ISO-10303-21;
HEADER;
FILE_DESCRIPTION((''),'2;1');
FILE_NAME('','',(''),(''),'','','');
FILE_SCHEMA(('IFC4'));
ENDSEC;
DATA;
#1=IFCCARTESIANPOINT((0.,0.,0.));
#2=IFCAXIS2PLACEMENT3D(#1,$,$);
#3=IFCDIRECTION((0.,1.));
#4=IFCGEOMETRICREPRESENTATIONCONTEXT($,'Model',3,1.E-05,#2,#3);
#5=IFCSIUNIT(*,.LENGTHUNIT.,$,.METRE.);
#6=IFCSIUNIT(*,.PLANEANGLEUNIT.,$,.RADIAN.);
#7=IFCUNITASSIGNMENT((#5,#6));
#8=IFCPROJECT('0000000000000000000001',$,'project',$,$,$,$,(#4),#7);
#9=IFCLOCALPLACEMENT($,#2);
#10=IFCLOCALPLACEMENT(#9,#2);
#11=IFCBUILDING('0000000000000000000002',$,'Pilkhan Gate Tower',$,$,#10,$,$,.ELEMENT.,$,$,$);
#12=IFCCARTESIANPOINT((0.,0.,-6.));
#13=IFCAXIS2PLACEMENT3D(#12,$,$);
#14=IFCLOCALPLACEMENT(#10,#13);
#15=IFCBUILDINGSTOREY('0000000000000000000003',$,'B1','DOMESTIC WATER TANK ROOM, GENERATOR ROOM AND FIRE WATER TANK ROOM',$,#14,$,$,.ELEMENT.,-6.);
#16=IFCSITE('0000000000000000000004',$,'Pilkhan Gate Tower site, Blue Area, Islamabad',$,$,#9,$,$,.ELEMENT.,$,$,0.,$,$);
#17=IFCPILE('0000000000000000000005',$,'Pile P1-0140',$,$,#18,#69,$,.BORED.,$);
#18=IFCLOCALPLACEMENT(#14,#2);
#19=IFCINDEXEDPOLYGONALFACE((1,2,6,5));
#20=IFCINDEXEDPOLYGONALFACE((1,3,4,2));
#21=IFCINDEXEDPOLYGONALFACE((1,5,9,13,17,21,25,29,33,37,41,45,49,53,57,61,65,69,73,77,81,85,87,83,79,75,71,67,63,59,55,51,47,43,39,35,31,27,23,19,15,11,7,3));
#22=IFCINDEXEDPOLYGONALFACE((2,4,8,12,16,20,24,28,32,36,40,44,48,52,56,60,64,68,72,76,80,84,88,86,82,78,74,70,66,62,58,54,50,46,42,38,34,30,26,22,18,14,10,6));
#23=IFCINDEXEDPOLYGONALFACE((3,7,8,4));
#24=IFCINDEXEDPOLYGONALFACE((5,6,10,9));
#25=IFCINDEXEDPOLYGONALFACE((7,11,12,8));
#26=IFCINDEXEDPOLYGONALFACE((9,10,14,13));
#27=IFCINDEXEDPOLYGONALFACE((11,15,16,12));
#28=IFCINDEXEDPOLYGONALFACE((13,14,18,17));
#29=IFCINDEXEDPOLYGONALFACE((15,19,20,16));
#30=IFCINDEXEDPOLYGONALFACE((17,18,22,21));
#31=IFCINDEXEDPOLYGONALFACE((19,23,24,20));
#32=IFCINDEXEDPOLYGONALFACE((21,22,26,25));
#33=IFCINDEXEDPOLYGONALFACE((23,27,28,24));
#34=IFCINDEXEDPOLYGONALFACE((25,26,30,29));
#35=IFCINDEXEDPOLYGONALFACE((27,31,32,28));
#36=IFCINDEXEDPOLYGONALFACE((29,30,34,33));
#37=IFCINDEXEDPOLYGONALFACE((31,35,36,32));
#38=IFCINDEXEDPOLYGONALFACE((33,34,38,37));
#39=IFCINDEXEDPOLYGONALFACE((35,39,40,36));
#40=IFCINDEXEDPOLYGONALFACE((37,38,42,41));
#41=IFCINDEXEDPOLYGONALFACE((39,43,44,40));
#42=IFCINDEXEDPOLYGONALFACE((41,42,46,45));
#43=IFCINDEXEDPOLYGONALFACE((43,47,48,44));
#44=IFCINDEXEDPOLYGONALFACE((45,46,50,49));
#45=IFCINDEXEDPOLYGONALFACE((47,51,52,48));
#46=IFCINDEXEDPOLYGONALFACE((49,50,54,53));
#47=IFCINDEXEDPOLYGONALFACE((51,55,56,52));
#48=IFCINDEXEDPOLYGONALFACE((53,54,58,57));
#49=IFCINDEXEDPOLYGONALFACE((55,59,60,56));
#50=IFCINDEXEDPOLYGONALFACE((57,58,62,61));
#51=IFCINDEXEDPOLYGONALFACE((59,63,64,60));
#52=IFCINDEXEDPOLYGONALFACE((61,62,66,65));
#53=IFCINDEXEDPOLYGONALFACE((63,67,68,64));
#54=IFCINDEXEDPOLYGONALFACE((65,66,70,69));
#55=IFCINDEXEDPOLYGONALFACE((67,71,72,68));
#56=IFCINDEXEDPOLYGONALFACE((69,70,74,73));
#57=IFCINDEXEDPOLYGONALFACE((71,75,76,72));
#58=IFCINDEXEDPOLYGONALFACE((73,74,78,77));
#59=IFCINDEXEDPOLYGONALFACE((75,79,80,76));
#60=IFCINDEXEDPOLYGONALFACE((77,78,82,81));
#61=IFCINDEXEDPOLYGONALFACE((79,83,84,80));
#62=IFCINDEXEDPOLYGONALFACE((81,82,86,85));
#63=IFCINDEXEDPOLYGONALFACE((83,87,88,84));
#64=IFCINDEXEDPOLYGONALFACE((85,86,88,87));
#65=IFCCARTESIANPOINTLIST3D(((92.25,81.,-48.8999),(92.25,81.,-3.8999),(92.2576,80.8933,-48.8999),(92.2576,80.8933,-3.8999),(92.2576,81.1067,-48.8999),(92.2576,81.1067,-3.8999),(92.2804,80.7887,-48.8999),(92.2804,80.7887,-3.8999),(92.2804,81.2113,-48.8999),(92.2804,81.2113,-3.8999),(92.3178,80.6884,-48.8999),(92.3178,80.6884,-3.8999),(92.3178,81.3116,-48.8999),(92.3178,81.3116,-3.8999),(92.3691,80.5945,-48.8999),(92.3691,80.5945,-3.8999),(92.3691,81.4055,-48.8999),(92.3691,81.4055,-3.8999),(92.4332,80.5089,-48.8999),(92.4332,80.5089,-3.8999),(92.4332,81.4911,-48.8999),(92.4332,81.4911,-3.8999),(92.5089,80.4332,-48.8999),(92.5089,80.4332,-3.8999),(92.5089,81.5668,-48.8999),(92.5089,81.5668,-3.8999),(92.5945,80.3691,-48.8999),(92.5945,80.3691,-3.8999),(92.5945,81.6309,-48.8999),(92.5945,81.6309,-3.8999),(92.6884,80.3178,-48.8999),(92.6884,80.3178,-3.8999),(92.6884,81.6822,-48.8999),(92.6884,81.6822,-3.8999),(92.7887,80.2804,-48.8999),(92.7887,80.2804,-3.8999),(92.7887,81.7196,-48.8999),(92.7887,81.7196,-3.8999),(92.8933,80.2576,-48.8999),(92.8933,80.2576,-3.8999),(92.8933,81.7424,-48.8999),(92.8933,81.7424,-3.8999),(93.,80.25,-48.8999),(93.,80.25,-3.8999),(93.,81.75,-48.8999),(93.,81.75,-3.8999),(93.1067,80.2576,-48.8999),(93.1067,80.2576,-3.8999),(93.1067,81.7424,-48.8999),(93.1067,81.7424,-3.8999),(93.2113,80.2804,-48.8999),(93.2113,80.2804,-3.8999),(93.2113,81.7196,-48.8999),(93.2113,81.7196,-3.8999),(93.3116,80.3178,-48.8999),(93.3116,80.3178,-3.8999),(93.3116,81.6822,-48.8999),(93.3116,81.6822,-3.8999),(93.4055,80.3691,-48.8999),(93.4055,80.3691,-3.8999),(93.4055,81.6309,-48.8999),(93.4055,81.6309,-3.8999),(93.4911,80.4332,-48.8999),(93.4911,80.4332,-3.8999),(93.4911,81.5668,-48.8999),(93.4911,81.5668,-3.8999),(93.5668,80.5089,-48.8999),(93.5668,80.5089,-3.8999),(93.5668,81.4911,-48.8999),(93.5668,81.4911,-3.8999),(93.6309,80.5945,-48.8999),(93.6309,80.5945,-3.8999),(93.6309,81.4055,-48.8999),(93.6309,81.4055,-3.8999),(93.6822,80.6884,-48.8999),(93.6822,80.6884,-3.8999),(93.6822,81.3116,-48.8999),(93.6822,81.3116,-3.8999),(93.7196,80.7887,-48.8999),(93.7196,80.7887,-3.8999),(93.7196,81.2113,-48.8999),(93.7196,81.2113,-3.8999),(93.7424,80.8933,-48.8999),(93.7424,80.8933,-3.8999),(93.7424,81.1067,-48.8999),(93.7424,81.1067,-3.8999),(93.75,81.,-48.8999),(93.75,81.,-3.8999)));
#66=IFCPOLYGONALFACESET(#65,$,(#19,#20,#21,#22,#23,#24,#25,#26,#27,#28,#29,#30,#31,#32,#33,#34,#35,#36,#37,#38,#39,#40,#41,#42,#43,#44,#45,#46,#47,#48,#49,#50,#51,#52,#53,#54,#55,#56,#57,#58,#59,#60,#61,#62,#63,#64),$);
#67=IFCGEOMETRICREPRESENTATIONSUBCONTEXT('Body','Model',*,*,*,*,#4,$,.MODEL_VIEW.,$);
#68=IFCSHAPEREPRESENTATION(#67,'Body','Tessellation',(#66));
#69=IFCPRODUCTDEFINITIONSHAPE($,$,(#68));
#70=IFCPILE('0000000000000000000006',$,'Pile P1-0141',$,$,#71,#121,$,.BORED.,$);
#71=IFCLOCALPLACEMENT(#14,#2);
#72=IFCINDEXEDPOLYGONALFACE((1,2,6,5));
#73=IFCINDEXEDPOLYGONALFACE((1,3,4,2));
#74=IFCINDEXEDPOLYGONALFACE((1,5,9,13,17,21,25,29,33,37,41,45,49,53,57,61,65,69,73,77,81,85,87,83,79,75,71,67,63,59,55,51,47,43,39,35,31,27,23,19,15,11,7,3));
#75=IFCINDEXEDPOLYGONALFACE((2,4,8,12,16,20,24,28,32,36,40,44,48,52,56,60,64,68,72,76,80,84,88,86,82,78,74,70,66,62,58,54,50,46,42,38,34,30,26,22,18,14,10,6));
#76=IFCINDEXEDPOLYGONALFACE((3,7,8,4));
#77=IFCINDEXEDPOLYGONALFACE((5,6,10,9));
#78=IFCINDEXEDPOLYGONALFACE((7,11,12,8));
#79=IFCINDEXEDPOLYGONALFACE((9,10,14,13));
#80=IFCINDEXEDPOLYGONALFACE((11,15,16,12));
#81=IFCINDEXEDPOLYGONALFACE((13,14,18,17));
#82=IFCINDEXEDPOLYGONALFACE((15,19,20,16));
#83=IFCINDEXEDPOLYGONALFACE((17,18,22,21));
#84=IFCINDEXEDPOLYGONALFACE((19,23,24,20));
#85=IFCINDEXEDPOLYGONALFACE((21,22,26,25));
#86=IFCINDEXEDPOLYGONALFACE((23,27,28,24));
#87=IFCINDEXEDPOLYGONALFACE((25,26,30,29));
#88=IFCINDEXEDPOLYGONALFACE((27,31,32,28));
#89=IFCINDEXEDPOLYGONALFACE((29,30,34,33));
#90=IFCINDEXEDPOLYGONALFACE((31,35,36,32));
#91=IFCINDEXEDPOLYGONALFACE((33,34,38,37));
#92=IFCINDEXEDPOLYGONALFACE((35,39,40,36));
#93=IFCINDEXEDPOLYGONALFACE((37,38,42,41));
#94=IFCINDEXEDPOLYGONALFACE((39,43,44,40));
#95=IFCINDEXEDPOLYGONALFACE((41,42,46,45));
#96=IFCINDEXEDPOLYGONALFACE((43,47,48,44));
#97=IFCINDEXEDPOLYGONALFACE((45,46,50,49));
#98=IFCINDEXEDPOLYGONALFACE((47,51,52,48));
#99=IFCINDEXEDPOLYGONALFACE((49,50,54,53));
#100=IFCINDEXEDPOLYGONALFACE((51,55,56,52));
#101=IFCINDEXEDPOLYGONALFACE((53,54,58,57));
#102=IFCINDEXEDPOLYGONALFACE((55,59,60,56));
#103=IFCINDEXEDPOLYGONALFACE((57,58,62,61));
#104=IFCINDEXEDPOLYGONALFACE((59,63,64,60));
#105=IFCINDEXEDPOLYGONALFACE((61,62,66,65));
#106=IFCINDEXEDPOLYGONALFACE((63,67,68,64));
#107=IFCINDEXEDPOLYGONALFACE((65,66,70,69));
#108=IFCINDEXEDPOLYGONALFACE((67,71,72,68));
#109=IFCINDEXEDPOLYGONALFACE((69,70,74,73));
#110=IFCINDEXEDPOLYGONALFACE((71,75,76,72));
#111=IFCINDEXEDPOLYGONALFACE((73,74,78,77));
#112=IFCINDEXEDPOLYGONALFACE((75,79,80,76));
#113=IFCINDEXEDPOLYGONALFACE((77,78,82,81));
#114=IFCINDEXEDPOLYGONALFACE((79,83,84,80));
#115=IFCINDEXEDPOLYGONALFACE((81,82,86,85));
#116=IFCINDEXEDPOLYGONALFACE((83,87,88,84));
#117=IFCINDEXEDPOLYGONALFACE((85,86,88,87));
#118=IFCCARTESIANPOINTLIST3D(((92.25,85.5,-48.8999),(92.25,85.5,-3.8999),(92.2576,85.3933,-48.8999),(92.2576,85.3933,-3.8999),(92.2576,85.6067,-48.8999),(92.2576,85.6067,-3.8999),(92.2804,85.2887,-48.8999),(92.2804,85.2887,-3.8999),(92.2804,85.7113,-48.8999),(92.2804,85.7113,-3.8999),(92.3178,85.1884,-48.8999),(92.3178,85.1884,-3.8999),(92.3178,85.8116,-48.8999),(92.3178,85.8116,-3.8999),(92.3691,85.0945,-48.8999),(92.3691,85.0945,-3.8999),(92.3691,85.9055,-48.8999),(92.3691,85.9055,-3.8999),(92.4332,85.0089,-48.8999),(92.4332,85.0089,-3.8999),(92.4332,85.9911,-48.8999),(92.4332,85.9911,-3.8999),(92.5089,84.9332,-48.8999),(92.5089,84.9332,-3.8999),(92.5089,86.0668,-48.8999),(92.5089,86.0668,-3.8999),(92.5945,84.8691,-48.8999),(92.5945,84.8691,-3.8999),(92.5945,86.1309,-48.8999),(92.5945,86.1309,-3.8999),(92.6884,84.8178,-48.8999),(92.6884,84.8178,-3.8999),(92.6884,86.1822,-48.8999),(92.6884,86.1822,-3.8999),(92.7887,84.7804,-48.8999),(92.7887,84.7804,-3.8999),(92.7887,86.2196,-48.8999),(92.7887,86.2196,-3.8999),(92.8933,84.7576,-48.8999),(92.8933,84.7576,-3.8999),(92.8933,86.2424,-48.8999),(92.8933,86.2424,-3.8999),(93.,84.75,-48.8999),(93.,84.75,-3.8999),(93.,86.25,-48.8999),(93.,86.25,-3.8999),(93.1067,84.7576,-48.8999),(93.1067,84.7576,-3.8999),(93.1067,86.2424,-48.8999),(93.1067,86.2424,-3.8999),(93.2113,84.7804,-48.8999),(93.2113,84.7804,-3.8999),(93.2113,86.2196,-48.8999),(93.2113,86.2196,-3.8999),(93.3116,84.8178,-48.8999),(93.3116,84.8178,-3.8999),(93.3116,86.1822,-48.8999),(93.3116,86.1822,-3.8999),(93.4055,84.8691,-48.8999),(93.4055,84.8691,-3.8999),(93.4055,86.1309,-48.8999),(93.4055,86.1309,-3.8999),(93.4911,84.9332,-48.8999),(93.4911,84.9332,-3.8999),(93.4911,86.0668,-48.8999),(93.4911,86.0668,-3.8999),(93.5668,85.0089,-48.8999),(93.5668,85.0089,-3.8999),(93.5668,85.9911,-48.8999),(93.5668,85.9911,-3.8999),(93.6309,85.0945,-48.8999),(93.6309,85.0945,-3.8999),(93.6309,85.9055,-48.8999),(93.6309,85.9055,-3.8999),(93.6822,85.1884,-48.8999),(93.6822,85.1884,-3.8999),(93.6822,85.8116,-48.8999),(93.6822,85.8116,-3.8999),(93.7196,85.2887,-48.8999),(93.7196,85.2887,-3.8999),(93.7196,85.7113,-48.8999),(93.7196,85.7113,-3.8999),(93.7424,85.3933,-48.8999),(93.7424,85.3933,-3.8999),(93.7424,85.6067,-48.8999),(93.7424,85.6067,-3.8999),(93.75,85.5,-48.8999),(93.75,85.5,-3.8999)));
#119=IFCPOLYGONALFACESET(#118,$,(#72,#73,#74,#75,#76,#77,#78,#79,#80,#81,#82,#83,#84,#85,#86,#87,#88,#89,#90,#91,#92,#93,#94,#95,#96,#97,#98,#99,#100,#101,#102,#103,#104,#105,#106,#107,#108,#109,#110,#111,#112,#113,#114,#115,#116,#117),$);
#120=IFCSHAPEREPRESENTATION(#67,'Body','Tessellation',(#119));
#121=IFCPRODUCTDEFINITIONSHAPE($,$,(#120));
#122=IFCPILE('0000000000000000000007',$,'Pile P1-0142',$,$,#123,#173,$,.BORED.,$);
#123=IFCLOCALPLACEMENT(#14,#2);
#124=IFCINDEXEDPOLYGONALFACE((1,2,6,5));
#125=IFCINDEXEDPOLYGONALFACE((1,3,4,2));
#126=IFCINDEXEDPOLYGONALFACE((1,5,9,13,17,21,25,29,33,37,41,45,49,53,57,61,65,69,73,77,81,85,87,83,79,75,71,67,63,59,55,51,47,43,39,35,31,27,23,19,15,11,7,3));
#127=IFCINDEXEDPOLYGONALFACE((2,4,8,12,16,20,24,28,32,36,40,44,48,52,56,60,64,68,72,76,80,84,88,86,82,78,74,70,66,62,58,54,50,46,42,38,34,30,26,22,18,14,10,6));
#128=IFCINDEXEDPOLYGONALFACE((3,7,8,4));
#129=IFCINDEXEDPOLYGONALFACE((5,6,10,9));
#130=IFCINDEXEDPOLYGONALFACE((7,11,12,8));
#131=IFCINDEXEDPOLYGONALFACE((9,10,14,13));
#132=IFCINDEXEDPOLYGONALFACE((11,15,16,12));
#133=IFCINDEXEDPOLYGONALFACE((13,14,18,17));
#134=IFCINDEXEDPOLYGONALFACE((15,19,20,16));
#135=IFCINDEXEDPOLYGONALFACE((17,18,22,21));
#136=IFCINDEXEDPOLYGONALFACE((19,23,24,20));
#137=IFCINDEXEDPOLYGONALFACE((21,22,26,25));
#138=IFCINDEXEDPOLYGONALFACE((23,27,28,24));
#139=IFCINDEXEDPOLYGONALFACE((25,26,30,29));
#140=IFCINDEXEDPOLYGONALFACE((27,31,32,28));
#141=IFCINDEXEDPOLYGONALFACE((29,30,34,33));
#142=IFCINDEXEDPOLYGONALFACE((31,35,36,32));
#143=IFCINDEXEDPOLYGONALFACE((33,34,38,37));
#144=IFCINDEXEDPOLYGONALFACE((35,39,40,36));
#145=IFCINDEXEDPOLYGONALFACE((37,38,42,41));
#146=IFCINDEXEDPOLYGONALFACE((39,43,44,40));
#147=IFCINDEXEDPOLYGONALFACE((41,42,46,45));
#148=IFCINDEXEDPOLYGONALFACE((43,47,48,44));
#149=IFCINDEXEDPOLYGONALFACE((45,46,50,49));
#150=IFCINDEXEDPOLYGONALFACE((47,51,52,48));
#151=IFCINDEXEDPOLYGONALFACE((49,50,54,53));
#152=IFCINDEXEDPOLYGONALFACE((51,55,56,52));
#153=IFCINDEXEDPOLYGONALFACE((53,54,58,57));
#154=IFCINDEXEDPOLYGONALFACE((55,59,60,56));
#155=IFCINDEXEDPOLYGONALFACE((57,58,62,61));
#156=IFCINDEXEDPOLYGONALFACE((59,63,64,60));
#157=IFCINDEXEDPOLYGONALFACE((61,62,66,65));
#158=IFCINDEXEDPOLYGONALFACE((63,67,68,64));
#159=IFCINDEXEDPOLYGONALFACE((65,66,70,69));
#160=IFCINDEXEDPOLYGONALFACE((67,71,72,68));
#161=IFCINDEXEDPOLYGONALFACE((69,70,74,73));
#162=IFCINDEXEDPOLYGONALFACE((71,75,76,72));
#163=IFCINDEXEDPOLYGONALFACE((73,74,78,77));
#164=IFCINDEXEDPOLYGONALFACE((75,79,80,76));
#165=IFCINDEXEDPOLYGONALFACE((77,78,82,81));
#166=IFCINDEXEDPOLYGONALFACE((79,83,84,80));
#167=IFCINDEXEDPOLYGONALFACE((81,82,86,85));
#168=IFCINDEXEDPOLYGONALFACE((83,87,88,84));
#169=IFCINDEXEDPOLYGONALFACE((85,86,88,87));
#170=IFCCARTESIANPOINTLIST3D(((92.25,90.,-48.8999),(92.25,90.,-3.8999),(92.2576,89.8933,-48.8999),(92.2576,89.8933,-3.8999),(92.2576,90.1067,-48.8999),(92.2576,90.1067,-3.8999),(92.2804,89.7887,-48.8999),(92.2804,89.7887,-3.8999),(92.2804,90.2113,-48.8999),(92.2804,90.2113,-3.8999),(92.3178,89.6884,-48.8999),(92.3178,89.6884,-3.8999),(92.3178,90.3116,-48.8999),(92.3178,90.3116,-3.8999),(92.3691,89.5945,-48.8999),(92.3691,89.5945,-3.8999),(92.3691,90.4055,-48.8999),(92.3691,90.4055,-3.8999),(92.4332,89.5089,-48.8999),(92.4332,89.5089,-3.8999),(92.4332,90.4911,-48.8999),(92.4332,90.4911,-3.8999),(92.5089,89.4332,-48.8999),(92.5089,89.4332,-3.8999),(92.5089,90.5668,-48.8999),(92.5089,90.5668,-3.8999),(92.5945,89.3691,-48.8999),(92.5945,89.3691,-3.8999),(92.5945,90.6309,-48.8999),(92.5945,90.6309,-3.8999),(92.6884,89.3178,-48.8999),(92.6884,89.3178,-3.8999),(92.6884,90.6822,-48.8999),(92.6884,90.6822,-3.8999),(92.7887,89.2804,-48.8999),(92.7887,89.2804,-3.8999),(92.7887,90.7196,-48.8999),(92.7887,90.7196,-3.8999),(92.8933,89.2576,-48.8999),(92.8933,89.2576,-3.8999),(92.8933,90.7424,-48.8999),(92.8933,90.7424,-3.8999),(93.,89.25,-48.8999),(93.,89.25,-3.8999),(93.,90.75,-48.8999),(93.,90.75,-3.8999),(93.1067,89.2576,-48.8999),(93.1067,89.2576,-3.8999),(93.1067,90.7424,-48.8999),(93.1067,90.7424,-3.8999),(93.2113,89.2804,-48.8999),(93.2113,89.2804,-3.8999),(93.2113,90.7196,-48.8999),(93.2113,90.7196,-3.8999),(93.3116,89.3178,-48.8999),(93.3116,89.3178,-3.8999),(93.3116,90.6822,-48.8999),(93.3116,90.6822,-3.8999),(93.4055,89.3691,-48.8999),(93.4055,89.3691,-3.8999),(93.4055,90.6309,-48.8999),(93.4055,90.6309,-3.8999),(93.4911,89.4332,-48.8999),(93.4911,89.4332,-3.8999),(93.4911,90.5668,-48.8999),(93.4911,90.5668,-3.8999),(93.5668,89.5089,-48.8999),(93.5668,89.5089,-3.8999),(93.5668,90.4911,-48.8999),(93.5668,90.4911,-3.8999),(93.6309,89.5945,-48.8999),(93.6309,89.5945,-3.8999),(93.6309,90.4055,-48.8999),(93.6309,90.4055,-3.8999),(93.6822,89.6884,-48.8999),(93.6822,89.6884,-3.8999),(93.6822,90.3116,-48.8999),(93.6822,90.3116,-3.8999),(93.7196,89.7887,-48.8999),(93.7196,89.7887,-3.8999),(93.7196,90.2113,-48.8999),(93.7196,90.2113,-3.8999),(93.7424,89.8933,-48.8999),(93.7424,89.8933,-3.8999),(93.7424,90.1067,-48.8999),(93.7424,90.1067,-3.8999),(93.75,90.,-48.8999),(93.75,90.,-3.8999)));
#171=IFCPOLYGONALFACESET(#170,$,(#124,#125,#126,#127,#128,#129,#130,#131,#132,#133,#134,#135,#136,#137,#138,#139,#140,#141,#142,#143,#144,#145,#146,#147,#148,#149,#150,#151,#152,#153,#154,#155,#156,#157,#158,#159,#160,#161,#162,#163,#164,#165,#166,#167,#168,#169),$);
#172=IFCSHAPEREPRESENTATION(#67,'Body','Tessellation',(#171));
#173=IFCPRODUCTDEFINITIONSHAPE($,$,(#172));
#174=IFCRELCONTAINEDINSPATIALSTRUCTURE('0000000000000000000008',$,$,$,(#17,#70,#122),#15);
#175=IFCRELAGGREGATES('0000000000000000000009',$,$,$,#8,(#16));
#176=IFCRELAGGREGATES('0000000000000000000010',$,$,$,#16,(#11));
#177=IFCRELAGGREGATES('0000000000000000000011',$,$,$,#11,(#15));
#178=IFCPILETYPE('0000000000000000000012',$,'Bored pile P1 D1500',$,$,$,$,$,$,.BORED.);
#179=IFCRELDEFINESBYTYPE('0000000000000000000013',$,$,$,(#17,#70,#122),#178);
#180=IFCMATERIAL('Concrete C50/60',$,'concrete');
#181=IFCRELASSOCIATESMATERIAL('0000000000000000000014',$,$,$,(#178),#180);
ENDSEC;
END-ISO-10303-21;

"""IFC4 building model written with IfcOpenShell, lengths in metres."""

from ifc_helpers import new_model, si_unit, direction, frame, origin, origin_2d, place, context, subcontext, project, spatial, circle, extrude, material, material_profile, profile_set, type_object, element, save


model = new_model("IFC4")

# Units and contexts
model_context = context("Model", 3, precision=1e-05, world=origin(), true_north=direction((0.0, 1.0)))
body_context = subcontext(model_context, "Body", "Model", "MODEL_VIEW")
ifc_project = project(units=[si_unit("LENGTHUNIT", "METRE"), si_unit("PLANEANGLEUNIT", "RADIAN")], contexts=[model_context])

# Site, building, storey
site_placement = place(None, origin())
site = spatial("IfcSite", under=ifc_project, at=site_placement, Name="Pilkhan Gate Tower site, Blue Area, Islamabad", CompositionType="ELEMENT", RefElevation=0.0)
building_placement = place(site_placement, origin())
building = spatial("IfcBuilding", under=site, at=building_placement, Name="Pilkhan Gate Tower", CompositionType="ELEMENT")
storey_placement = place(building_placement, frame((0.0, 0.0, -6.0)))
storey = spatial("IfcBuildingStorey", under=building, at=storey_placement, Name="B1", Description="DOMESTIC WATER TANK ROOM, GENERATOR ROOM AND FIRE WATER TANK ROOM", CompositionType="ELEMENT", Elevation=-6.0)

# Piles
ifc_material_1 = material(Name="Concrete C50/60", Category="concrete")
ifc_material_profile = material_profile(ifc_material_1, circle(Radius=0.75, at=origin_2d()), Name="Bored pile 1500 dia")
ifc_profile_set = profile_set([ifc_material_profile], Name="Concrete C50/60")
pile_type = type_object("IfcPileType", Name="Bored pile P1 D1500", PredefinedType="BORED", material=ifc_profile_set)
for number, where, z_axis, x_axis, name in (
    (1, (93.0, 81.0, -3.8999), (0.0, 0.0, -1.0), (1.0, 0.0, 0.0), "Pile P1-0140"),
    (2, (93.0, 85.5, -3.8999), (0.0, 0.0, -1.0), (1.0, 0.0, 0.0), "Pile P1-0141"),
    (3, (93.0, 90.0, -3.8999), (0.0, 0.0, -1.0), (1.0, 0.0, 0.0), "Pile P1-0142"),
):
    element("IfcPile", number, at=place(storey_placement, frame(where, z_axis=z_axis, x_axis=x_axis)), inside=storey, type_object=pile_type, Name=name, PredefinedType="BORED", context=body_context, shape_type="SweptSolid", body=[
        extrude(circle(Radius=0.75, at=origin_2d()), origin(), (0.0, 0.0, 1.0), 45.0),
    ])

save(model, "model.ifc")
